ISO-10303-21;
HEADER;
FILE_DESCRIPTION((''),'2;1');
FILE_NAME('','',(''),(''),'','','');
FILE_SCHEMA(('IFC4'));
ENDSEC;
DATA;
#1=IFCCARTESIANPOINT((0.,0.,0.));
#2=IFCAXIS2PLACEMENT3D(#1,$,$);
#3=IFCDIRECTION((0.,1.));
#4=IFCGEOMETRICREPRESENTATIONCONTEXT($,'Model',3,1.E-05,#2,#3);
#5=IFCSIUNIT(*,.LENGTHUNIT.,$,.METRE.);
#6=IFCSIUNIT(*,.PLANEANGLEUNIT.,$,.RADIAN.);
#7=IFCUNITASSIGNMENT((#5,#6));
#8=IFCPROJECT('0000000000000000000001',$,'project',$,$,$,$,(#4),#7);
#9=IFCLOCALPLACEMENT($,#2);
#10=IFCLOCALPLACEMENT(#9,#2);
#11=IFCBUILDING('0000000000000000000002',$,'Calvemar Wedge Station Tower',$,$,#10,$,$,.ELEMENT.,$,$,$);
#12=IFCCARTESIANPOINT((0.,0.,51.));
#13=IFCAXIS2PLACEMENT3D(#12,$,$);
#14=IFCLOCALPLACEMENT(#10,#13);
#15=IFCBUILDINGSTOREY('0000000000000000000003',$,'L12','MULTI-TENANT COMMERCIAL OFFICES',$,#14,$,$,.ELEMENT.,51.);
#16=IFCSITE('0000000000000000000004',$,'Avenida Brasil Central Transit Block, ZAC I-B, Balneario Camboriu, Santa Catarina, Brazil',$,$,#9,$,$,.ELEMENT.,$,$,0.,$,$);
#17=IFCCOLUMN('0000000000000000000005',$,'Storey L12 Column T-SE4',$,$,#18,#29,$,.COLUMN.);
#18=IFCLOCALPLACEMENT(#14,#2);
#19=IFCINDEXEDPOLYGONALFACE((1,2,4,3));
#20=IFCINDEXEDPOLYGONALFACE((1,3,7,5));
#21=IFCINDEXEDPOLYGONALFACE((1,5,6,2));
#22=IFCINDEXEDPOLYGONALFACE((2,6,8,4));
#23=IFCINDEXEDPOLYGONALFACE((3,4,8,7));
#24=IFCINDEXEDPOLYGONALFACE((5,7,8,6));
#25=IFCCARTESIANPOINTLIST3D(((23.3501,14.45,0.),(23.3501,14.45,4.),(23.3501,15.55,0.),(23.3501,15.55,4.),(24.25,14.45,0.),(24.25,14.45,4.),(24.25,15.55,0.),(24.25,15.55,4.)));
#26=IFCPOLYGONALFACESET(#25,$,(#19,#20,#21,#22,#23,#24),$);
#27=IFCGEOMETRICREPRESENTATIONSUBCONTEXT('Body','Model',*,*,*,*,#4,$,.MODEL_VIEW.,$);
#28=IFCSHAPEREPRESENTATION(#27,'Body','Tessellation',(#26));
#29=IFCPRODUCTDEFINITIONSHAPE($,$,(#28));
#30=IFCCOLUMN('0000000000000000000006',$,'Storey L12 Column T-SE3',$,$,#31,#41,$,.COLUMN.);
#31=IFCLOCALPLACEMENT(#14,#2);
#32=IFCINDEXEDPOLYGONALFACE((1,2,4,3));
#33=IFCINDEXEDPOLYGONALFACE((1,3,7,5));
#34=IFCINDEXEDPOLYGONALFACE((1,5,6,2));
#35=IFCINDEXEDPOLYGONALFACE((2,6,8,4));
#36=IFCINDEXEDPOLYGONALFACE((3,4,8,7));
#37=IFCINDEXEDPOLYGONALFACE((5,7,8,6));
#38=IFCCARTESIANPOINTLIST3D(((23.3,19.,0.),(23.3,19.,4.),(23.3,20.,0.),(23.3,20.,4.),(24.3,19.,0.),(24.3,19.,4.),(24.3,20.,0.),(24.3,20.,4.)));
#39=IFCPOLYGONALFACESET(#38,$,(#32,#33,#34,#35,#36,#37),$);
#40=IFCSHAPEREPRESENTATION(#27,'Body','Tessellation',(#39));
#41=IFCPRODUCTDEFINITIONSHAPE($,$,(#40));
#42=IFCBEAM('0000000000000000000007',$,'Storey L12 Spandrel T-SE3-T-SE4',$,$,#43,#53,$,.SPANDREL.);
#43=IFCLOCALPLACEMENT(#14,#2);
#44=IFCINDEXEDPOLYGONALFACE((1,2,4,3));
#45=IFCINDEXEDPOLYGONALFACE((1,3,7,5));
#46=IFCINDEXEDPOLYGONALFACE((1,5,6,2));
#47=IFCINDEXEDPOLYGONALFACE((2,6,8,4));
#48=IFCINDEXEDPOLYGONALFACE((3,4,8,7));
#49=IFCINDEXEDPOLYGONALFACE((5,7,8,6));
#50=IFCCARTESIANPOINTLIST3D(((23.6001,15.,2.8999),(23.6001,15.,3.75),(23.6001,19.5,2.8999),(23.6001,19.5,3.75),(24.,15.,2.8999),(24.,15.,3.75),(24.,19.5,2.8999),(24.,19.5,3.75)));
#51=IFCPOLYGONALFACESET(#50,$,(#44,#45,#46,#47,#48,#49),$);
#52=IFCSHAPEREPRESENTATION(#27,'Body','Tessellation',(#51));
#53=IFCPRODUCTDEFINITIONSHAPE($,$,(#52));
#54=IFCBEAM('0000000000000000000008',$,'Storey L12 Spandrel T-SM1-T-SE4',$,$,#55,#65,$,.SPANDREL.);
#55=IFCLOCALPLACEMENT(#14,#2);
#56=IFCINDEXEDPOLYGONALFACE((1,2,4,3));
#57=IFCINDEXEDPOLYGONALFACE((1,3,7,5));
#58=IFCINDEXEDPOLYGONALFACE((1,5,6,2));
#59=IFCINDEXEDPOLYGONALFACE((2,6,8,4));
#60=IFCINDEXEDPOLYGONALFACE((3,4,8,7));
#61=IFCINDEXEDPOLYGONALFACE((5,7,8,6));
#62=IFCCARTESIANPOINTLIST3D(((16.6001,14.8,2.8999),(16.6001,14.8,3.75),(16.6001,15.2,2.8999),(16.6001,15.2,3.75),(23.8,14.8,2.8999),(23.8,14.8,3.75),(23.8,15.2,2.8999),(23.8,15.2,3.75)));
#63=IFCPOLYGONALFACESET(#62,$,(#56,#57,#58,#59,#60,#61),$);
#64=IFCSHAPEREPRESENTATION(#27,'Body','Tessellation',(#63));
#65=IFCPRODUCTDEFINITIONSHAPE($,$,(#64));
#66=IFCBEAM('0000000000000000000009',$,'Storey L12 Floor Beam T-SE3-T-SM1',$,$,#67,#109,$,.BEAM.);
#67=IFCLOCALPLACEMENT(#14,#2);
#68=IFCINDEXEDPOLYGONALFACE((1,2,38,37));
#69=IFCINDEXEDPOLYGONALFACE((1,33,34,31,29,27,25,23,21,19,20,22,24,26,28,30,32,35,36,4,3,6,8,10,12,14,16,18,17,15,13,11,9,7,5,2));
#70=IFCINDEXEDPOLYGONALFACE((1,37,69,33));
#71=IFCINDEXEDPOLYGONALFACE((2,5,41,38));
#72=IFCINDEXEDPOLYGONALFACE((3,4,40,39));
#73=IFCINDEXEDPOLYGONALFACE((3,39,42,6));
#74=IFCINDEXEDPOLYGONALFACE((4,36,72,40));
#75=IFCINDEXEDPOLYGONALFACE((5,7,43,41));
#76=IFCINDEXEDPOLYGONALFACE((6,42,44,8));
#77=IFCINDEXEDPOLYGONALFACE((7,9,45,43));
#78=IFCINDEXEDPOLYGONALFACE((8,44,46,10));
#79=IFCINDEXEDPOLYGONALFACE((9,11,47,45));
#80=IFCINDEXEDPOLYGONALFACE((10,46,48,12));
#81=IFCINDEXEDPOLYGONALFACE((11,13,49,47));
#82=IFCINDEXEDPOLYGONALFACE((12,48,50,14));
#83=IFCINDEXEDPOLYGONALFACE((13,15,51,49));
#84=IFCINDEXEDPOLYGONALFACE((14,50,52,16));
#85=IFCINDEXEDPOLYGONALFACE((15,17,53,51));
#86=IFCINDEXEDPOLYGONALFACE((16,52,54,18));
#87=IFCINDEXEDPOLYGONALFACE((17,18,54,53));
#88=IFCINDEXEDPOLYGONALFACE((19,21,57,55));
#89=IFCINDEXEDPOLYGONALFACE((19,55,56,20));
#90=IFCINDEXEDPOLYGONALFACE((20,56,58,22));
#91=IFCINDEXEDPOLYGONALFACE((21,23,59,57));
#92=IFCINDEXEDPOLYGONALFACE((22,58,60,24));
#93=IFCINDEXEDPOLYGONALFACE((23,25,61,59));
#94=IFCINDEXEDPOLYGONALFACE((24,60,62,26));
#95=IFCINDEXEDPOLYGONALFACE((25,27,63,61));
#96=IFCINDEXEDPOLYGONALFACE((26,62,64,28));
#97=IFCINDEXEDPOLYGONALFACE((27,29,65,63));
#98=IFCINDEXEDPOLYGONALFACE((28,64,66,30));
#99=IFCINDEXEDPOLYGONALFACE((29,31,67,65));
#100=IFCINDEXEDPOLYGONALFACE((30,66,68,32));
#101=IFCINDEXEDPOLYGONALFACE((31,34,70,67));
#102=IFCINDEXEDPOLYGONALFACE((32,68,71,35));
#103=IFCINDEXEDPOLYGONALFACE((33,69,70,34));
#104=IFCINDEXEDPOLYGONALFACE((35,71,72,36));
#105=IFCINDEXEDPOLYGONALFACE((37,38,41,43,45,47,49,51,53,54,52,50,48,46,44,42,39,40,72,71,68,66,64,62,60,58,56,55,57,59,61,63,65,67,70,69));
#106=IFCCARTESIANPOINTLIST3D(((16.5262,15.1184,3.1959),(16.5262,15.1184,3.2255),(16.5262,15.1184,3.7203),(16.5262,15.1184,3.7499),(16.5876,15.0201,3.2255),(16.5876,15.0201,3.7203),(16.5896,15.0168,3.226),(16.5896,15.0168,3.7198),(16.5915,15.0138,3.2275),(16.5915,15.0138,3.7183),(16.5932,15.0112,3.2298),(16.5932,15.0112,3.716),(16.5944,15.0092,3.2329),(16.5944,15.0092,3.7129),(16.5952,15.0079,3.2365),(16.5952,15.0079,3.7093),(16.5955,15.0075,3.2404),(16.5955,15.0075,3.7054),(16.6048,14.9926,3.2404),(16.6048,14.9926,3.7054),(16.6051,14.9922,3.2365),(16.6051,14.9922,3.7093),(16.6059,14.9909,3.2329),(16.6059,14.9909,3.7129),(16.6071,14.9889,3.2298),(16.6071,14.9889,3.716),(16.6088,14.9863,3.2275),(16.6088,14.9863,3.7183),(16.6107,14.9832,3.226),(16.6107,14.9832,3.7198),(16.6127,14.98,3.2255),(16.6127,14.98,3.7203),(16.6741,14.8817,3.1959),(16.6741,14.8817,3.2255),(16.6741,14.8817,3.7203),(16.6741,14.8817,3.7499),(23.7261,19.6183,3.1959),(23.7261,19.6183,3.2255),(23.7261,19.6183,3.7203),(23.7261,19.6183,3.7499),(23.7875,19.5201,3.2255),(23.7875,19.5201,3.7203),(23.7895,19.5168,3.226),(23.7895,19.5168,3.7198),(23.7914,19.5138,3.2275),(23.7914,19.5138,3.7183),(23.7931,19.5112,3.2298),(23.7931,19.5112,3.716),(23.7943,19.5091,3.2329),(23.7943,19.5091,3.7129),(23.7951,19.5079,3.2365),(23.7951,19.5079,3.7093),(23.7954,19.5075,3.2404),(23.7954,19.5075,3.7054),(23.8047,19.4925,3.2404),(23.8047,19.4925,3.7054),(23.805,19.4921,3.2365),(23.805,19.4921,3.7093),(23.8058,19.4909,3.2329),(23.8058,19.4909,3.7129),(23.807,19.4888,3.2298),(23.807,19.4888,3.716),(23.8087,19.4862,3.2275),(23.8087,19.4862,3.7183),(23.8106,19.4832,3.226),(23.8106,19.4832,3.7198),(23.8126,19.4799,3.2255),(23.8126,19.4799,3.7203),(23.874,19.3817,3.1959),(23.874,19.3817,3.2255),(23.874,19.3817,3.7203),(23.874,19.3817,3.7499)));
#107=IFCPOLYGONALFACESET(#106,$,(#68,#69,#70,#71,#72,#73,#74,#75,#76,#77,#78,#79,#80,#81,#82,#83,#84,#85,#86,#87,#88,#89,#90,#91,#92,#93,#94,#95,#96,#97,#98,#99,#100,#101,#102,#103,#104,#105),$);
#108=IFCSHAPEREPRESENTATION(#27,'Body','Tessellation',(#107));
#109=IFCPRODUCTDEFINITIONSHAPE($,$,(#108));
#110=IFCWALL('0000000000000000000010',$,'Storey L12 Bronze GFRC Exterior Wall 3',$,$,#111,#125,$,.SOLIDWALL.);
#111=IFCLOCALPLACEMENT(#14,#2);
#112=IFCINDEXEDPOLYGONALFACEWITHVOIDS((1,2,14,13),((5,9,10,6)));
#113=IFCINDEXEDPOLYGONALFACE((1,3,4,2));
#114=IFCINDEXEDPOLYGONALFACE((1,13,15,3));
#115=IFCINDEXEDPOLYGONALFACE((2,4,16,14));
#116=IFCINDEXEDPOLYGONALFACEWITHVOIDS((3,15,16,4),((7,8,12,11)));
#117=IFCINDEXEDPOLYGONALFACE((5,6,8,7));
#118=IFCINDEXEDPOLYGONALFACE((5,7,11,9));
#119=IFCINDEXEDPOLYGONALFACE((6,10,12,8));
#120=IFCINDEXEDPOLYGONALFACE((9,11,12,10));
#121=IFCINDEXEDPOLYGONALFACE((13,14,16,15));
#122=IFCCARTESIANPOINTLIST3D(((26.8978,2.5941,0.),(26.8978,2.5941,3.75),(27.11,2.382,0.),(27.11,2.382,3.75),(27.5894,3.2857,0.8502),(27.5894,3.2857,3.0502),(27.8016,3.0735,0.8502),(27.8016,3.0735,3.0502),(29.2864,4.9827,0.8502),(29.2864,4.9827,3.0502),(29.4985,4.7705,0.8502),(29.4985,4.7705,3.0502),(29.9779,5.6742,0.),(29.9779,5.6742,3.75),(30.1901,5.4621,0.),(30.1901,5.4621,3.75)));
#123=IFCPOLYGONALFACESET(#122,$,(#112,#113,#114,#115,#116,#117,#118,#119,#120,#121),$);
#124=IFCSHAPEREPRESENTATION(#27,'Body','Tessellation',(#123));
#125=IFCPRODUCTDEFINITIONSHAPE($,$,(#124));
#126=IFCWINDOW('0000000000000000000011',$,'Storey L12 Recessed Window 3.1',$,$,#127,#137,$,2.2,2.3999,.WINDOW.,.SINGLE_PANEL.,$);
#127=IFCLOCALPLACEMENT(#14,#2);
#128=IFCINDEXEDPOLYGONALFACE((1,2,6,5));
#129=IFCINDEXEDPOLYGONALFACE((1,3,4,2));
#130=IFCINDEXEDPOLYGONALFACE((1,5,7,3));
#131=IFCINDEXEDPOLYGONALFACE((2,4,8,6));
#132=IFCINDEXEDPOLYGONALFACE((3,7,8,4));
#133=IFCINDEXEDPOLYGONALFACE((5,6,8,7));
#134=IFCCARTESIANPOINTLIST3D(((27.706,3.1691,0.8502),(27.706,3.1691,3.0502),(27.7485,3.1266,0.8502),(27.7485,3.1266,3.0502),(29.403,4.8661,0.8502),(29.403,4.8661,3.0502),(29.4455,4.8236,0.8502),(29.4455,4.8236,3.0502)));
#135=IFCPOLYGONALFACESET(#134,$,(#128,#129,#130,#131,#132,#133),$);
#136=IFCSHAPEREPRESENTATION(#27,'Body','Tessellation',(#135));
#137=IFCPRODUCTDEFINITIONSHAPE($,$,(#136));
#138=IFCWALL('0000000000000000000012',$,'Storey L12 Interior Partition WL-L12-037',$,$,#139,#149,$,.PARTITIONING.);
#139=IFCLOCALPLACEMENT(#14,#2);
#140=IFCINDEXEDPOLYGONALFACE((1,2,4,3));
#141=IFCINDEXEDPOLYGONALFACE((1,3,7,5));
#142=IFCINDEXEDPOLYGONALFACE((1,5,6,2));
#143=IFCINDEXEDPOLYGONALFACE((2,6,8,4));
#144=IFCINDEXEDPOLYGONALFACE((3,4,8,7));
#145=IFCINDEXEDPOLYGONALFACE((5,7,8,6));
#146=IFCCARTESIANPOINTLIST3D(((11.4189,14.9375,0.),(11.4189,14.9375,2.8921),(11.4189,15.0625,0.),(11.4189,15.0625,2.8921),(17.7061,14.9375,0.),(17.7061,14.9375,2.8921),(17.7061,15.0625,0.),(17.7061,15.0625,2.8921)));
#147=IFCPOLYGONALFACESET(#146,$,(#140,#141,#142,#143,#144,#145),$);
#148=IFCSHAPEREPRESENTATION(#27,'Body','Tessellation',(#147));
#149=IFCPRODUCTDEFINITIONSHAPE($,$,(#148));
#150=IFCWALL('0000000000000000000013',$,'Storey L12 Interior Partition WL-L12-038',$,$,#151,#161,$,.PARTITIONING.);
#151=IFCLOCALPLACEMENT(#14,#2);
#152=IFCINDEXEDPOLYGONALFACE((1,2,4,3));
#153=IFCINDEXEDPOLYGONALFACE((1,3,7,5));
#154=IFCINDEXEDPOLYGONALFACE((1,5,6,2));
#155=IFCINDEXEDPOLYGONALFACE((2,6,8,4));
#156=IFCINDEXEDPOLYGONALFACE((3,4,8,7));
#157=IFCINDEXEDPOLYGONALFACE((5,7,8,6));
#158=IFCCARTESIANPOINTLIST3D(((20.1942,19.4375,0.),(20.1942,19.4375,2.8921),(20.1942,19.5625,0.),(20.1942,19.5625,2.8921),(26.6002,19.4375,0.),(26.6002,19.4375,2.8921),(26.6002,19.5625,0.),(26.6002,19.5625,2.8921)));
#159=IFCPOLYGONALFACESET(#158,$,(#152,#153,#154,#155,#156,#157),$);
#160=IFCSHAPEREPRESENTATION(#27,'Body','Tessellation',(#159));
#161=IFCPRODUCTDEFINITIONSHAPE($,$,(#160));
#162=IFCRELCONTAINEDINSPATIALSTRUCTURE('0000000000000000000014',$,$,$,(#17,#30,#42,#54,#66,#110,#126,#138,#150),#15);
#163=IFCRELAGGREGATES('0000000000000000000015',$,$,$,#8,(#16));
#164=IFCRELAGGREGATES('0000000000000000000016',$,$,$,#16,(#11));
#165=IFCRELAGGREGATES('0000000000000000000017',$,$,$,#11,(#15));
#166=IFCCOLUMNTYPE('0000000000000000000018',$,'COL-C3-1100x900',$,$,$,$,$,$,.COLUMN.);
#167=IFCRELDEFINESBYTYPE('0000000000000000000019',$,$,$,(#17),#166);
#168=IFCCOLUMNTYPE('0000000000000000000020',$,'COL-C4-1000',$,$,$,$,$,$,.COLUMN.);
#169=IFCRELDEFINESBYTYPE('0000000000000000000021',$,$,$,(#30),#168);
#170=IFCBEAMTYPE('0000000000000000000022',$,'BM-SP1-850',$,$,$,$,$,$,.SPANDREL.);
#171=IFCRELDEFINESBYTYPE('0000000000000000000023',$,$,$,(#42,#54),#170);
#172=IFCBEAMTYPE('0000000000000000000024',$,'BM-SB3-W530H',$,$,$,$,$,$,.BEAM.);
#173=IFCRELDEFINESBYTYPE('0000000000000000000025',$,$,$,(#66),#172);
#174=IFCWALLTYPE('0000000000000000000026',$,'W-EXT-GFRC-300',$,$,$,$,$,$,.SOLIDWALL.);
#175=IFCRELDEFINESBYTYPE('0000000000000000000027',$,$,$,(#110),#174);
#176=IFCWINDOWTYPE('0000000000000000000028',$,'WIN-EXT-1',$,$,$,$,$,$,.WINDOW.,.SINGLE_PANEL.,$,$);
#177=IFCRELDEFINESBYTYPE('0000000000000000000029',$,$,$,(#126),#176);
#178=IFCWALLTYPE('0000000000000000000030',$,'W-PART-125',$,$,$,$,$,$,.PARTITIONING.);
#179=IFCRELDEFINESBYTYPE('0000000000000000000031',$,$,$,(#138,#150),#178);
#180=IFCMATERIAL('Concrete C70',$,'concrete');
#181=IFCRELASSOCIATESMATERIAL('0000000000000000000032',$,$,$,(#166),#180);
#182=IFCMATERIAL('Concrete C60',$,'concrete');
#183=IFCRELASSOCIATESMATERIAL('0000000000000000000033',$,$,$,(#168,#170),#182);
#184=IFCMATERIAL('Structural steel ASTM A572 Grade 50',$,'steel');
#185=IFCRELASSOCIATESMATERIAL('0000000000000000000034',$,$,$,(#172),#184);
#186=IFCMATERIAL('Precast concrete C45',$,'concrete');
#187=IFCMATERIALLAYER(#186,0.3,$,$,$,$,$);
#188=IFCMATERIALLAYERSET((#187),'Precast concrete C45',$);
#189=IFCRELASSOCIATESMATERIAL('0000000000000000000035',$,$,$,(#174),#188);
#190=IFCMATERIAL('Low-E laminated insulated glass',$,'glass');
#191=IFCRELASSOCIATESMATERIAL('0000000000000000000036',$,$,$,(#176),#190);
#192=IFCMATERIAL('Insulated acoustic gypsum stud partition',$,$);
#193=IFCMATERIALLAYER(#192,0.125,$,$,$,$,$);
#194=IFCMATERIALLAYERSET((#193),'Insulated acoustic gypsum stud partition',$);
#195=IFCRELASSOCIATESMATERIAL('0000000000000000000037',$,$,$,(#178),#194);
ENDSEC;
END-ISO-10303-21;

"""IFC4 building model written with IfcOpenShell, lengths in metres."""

from ifc_helpers import new_model, si_unit, direction, frame, frame_2d, origin, origin_2d, place, context, subcontext, project, spatial, rectangle, i_section, extrude, source, transform, mapped, material, layer, layer_set, material_profile, profile_set, type_object, element, fill, save


model = new_model("IFC4")

# Units and contexts
model_context = context("Model", 3, precision=1e-05, world=origin(), true_north=direction((0.0, 1.0)))
body_context = subcontext(model_context, "Body", "Model", "MODEL_VIEW")
ifc_project = project(units=[si_unit("LENGTHUNIT", "METRE"), si_unit("PLANEANGLEUNIT", "RADIAN")], contexts=[model_context])

# Site, building, storey
site_placement = place(None, origin())
site = spatial("IfcSite", under=ifc_project, at=site_placement, Name="Avenida Brasil Central Transit Block, ZAC I-B, Balneario Camboriu, Santa Catarina, Brazil", CompositionType="ELEMENT", RefElevation=0.0)
building_placement = place(site_placement, origin())
building = spatial("IfcBuilding", under=site, at=building_placement, Name="Calvemar Wedge Station Tower", CompositionType="ELEMENT")
storey_placement = place(building_placement, frame((0.0, 0.0, 51.0)))
storey = spatial("IfcBuildingStorey", under=building, at=storey_placement, Name="L12", Description="MULTI-TENANT COMMERCIAL OFFICES", CompositionType="ELEMENT", Elevation=51.0)

# Columns
ifc_material_1 = material(Name="Concrete C70", Category="concrete")
ifc_material_profile_1 = material_profile(ifc_material_1, rectangle(XDim=0.8999, YDim=1.1001, at=origin_2d()), Name="RC1100x900")
ifc_profile_set_1 = profile_set([ifc_material_profile_1], Name="Concrete C70")
column_type_1 = type_object("IfcColumnType", Name="COL-C3-1100x900", PredefinedType="COLUMN", material=ifc_profile_set_1)
shared_shape_1 = source(origin(), body_context, "Body", "SweptSolid", [
    extrude(rectangle(XDim=0.8999, YDim=1.1001, at=origin_2d()), origin(), (0.0, 0.0, 1.0), 4.0),
])
column_1_placement = place(storey_placement, frame((23.8, 15.0, 0.0), z_axis=(0.0, 0.0, 1.0), x_axis=(1.0, 0.0, 0.0)))
element("IfcColumn", 1, at=column_1_placement, inside=storey, type_object=column_type_1, Name="Storey L12 Column T-SE4", PredefinedType="COLUMN", context=body_context, shape_type="MappedRepresentation", body=[
    mapped(shared_shape_1, transform((0.0, 0.0, 0.0), scale=1.0)),
])
ifc_material_2 = material(Name="Concrete C60", Category="concrete")
ifc_material_profile_2 = material_profile(ifc_material_2, rectangle(XDim=1.0, YDim=1.0, at=origin_2d()), Name="RC1000x1000")
ifc_profile_set_2 = profile_set([ifc_material_profile_2], Name="Concrete C60")
column_type_2 = type_object("IfcColumnType", Name="COL-C4-1000", PredefinedType="COLUMN", material=ifc_profile_set_2)
shared_shape_2 = source(origin(), body_context, "Body", "SweptSolid", [
    extrude(rectangle(XDim=1.0, YDim=1.0, at=origin_2d()), origin(), (0.0, 0.0, 1.0), 4.0),
])
column_2_placement = place(storey_placement, frame((23.8, 19.5, 0.0), z_axis=(0.0, 0.0, 1.0), x_axis=(1.0, 0.0, 0.0)))
element("IfcColumn", 2, at=column_2_placement, inside=storey, type_object=column_type_2, Name="Storey L12 Column T-SE3", PredefinedType="COLUMN", context=body_context, shape_type="MappedRepresentation", body=[
    mapped(shared_shape_2, transform((0.0, 0.0, 0.0), scale=1.0)),
])

# Beams
ifc_material_profile_3 = material_profile(ifc_material_2, rectangle(XDim=0.3999, YDim=0.8501, at=origin_2d()), Name="RC400x850")
ifc_profile_set_3 = profile_set([ifc_material_profile_3], Name="Concrete C60")
beam_type_1 = type_object("IfcBeamType", Name="BM-SP1-850", PredefinedType="SPANDREL", material=ifc_profile_set_3)
shared_shape_3 = source(origin(), body_context, "Body", "SweptSolid", [
    extrude(rectangle(XDim=0.3999, YDim=0.8501, at=origin_2d()), origin(), (0.0, 0.0, 1.0), 4.5),
])
beam_1_placement = place(storey_placement, frame((23.8, 19.5, 3.325), z_axis=(0.0, -1.0, 0.0), x_axis=(1.0, 0.0, 0.0)))
element("IfcBeam", 3, at=beam_1_placement, inside=storey, type_object=beam_type_1, Name="Storey L12 Spandrel T-SE3-T-SE4", PredefinedType="SPANDREL", context=body_context, shape_type="MappedRepresentation", body=[
    mapped(shared_shape_3, transform((0.0, 0.0, 0.0), scale=1.0)),
])
shared_shape_4 = source(origin(), body_context, "Body", "SweptSolid", [
    extrude(rectangle(XDim=0.3999, YDim=0.8501, at=origin_2d()), origin(), (0.0, 0.0, 1.0), 7.2),
])
beam_2_placement = place(storey_placement, frame((16.6001, 15.0, 3.325), z_axis=(1.0, 0.0, 0.0), x_axis=(0.0, 1.0, 0.0)))
element("IfcBeam", 4, at=beam_2_placement, inside=storey, type_object=beam_type_1, Name="Storey L12 Spandrel T-SM1-T-SE4", PredefinedType="SPANDREL", context=body_context, shape_type="MappedRepresentation", body=[
    mapped(shared_shape_4, transform((0.0, 0.0, 0.0), scale=1.0)),
])
ifc_material_3 = material(Name="Structural steel ASTM A572 Grade 50", Category="steel")
ifc_material_profile_4 = material_profile(ifc_material_3, i_section(OverallWidth=0.2791, OverallDepth=0.554, WebThickness=0.0176, FlangeThickness=0.0295, FilletRadius=0.0149, at=origin_2d()), Name="W530x196")
ifc_profile_set_4 = profile_set([ifc_material_profile_4], Name="Structural steel ASTM A572 Grade 50")
beam_type_2 = type_object("IfcBeamType", Name="BM-SB3-W530H", PredefinedType="BEAM", material=ifc_profile_set_4)
shared_shape_5 = source(origin(), body_context, "Body", "SweptSolid", [
    extrude(i_section(OverallWidth=0.2791, OverallDepth=0.554, WebThickness=0.0176, FlangeThickness=0.0295, FilletRadius=0.0149, at=origin_2d()), origin(), (0.0, 0.0, 1.0), 8.4905),
])
beam_3_placement = place(storey_placement, frame((23.8, 19.5, 3.4729), z_axis=(-0.847997, -0.530002, 0.0), x_axis=(0.530002, -0.847997, 0.0)))
element("IfcBeam", 5, at=beam_3_placement, inside=storey, type_object=beam_type_2, Name="Storey L12 Floor Beam T-SE3-T-SM1", PredefinedType="BEAM", context=body_context, shape_type="MappedRepresentation", body=[
    mapped(shared_shape_5, transform((0.0, 0.0, 0.0), scale=1.0)),
])

# Wall, opening, window
ifc_material_4 = material(Name="Precast concrete C45", Category="concrete")
ifc_layer_1 = layer(ifc_material_4, 0.3)
ifc_layer_set_1 = layer_set([ifc_layer_1], Name="Precast concrete C45")
wall_type_1 = type_object("IfcWallType", Name="W-EXT-GFRC-300", PredefinedType="SOLIDWALL", material=ifc_layer_set_1)
wall_1_placement = place(storey_placement, frame((27.0039, 2.488, 0.0), z_axis=(0.0, 0.0, 1.0), x_axis=(0.707107, 0.707107, 0.0)))
wall_1 = element("IfcWall", 6, at=wall_1_placement, inside=storey, type_object=wall_type_1, Name="Storey L12 Bronze GFRC Exterior Wall 3", PredefinedType="SOLIDWALL", context=body_context, shape_type="SweptSolid", body=[
    extrude(rectangle(XDim=4.356, YDim=0.3, at=frame_2d((2.178, 0.0))), origin(), (0.0, 0.0, 1.0), 3.75),
])
shared_shape_6 = source(origin(), body_context, "Body", "SweptSolid", [
    extrude(rectangle(XDim=2.3999, YDim=2.2, at=frame_2d((1.2, 1.1001))), frame((0.0, 0.1602, 0.0), z_axis=(0.0, -1.0, 0.0), x_axis=(1.0, 0.0, 0.0)), (0.0, 0.0, 1.0), 0.3201),
])
opening_1_placement = place(wall_1_placement, frame((0.978, 0.0, 0.8501)))
opening_1 = element("IfcOpeningElement", 7, at=opening_1_placement, cuts=wall_1, PredefinedType="OPENING", context=body_context, shape_type="MappedRepresentation", body=[
    mapped(shared_shape_6, transform((0.0, 0.0, 0.0), scale=1.0)),
])
ifc_material_5 = material(Name="Low-E laminated insulated glass", Category="glass")
window_type = type_object("IfcWindowType", Name="WIN-EXT-1", PartitioningType="SINGLE_PANEL", PredefinedType="WINDOW", material=ifc_material_5)
shared_shape_7 = source(origin(), body_context, "Body", "SweptSolid", [
    extrude(rectangle(XDim=2.3999, YDim=2.2, at=frame_2d((1.2, 1.1001))), frame((0.0, -0.0149, 0.0), z_axis=(0.0, -1.0, 0.0), x_axis=(1.0, 0.0, 0.0)), (0.0, 0.0, 1.0), 0.0601),
])
window_placement = place(opening_1_placement, origin())
window = element("IfcWindow", 8, at=window_placement, inside=storey, type_object=window_type, Name="Storey L12 Recessed Window 3.1", OverallHeight=2.2, OverallWidth=2.3999, PartitioningType="SINGLE_PANEL", PredefinedType="WINDOW", context=body_context, shape_type="MappedRepresentation", body=[
    mapped(shared_shape_7, transform((0.0, 0.0, 0.0), scale=1.0)),
])
fill(opening_1, window)

# Walls
ifc_material_6 = material(Name="Insulated acoustic gypsum stud partition")
ifc_layer_2 = layer(ifc_material_6, 0.125)
ifc_layer_set_2 = layer_set([ifc_layer_2], Name="Insulated acoustic gypsum stud partition")
wall_type_2 = type_object("IfcWallType", Name="W-PART-125", PredefinedType="PARTITIONING", material=ifc_layer_set_2)
wall_2_placement = place(storey_placement, frame((17.7061, 15.0, 0.0), z_axis=(0.0, 0.0, 1.0), x_axis=(-1.0, 0.0, 0.0)))
element("IfcWall", 9, at=wall_2_placement, inside=storey, type_object=wall_type_2, Name="Storey L12 Interior Partition WL-L12-037", PredefinedType="PARTITIONING", context=body_context, shape_type="SweptSolid", body=[
    extrude(rectangle(XDim=6.2871, YDim=0.125, at=frame_2d((3.1436, 0.0))), origin(), (0.0, 0.0, 1.0), 2.8921),
])
for number, where, z_axis, x_axis, name in (
    (10, (20.1941, 19.5, 0.0), (0.0, 0.0, 1.0), (1.0, 0.0, 0.0), "Storey L12 Interior Partition WL-L12-038"),
):
    element("IfcWall", number, at=place(storey_placement, frame(where, z_axis=z_axis, x_axis=x_axis)), inside=storey, type_object=wall_type_2, Name=name, PredefinedType="PARTITIONING", context=body_context, shape_type="SweptSolid", body=[
        extrude(rectangle(XDim=6.406, YDim=0.125, at=frame_2d((3.2031, 0.0))), origin(), (0.0, 0.0, 1.0), 2.8921),
    ])

save(model, "model.ifc")
